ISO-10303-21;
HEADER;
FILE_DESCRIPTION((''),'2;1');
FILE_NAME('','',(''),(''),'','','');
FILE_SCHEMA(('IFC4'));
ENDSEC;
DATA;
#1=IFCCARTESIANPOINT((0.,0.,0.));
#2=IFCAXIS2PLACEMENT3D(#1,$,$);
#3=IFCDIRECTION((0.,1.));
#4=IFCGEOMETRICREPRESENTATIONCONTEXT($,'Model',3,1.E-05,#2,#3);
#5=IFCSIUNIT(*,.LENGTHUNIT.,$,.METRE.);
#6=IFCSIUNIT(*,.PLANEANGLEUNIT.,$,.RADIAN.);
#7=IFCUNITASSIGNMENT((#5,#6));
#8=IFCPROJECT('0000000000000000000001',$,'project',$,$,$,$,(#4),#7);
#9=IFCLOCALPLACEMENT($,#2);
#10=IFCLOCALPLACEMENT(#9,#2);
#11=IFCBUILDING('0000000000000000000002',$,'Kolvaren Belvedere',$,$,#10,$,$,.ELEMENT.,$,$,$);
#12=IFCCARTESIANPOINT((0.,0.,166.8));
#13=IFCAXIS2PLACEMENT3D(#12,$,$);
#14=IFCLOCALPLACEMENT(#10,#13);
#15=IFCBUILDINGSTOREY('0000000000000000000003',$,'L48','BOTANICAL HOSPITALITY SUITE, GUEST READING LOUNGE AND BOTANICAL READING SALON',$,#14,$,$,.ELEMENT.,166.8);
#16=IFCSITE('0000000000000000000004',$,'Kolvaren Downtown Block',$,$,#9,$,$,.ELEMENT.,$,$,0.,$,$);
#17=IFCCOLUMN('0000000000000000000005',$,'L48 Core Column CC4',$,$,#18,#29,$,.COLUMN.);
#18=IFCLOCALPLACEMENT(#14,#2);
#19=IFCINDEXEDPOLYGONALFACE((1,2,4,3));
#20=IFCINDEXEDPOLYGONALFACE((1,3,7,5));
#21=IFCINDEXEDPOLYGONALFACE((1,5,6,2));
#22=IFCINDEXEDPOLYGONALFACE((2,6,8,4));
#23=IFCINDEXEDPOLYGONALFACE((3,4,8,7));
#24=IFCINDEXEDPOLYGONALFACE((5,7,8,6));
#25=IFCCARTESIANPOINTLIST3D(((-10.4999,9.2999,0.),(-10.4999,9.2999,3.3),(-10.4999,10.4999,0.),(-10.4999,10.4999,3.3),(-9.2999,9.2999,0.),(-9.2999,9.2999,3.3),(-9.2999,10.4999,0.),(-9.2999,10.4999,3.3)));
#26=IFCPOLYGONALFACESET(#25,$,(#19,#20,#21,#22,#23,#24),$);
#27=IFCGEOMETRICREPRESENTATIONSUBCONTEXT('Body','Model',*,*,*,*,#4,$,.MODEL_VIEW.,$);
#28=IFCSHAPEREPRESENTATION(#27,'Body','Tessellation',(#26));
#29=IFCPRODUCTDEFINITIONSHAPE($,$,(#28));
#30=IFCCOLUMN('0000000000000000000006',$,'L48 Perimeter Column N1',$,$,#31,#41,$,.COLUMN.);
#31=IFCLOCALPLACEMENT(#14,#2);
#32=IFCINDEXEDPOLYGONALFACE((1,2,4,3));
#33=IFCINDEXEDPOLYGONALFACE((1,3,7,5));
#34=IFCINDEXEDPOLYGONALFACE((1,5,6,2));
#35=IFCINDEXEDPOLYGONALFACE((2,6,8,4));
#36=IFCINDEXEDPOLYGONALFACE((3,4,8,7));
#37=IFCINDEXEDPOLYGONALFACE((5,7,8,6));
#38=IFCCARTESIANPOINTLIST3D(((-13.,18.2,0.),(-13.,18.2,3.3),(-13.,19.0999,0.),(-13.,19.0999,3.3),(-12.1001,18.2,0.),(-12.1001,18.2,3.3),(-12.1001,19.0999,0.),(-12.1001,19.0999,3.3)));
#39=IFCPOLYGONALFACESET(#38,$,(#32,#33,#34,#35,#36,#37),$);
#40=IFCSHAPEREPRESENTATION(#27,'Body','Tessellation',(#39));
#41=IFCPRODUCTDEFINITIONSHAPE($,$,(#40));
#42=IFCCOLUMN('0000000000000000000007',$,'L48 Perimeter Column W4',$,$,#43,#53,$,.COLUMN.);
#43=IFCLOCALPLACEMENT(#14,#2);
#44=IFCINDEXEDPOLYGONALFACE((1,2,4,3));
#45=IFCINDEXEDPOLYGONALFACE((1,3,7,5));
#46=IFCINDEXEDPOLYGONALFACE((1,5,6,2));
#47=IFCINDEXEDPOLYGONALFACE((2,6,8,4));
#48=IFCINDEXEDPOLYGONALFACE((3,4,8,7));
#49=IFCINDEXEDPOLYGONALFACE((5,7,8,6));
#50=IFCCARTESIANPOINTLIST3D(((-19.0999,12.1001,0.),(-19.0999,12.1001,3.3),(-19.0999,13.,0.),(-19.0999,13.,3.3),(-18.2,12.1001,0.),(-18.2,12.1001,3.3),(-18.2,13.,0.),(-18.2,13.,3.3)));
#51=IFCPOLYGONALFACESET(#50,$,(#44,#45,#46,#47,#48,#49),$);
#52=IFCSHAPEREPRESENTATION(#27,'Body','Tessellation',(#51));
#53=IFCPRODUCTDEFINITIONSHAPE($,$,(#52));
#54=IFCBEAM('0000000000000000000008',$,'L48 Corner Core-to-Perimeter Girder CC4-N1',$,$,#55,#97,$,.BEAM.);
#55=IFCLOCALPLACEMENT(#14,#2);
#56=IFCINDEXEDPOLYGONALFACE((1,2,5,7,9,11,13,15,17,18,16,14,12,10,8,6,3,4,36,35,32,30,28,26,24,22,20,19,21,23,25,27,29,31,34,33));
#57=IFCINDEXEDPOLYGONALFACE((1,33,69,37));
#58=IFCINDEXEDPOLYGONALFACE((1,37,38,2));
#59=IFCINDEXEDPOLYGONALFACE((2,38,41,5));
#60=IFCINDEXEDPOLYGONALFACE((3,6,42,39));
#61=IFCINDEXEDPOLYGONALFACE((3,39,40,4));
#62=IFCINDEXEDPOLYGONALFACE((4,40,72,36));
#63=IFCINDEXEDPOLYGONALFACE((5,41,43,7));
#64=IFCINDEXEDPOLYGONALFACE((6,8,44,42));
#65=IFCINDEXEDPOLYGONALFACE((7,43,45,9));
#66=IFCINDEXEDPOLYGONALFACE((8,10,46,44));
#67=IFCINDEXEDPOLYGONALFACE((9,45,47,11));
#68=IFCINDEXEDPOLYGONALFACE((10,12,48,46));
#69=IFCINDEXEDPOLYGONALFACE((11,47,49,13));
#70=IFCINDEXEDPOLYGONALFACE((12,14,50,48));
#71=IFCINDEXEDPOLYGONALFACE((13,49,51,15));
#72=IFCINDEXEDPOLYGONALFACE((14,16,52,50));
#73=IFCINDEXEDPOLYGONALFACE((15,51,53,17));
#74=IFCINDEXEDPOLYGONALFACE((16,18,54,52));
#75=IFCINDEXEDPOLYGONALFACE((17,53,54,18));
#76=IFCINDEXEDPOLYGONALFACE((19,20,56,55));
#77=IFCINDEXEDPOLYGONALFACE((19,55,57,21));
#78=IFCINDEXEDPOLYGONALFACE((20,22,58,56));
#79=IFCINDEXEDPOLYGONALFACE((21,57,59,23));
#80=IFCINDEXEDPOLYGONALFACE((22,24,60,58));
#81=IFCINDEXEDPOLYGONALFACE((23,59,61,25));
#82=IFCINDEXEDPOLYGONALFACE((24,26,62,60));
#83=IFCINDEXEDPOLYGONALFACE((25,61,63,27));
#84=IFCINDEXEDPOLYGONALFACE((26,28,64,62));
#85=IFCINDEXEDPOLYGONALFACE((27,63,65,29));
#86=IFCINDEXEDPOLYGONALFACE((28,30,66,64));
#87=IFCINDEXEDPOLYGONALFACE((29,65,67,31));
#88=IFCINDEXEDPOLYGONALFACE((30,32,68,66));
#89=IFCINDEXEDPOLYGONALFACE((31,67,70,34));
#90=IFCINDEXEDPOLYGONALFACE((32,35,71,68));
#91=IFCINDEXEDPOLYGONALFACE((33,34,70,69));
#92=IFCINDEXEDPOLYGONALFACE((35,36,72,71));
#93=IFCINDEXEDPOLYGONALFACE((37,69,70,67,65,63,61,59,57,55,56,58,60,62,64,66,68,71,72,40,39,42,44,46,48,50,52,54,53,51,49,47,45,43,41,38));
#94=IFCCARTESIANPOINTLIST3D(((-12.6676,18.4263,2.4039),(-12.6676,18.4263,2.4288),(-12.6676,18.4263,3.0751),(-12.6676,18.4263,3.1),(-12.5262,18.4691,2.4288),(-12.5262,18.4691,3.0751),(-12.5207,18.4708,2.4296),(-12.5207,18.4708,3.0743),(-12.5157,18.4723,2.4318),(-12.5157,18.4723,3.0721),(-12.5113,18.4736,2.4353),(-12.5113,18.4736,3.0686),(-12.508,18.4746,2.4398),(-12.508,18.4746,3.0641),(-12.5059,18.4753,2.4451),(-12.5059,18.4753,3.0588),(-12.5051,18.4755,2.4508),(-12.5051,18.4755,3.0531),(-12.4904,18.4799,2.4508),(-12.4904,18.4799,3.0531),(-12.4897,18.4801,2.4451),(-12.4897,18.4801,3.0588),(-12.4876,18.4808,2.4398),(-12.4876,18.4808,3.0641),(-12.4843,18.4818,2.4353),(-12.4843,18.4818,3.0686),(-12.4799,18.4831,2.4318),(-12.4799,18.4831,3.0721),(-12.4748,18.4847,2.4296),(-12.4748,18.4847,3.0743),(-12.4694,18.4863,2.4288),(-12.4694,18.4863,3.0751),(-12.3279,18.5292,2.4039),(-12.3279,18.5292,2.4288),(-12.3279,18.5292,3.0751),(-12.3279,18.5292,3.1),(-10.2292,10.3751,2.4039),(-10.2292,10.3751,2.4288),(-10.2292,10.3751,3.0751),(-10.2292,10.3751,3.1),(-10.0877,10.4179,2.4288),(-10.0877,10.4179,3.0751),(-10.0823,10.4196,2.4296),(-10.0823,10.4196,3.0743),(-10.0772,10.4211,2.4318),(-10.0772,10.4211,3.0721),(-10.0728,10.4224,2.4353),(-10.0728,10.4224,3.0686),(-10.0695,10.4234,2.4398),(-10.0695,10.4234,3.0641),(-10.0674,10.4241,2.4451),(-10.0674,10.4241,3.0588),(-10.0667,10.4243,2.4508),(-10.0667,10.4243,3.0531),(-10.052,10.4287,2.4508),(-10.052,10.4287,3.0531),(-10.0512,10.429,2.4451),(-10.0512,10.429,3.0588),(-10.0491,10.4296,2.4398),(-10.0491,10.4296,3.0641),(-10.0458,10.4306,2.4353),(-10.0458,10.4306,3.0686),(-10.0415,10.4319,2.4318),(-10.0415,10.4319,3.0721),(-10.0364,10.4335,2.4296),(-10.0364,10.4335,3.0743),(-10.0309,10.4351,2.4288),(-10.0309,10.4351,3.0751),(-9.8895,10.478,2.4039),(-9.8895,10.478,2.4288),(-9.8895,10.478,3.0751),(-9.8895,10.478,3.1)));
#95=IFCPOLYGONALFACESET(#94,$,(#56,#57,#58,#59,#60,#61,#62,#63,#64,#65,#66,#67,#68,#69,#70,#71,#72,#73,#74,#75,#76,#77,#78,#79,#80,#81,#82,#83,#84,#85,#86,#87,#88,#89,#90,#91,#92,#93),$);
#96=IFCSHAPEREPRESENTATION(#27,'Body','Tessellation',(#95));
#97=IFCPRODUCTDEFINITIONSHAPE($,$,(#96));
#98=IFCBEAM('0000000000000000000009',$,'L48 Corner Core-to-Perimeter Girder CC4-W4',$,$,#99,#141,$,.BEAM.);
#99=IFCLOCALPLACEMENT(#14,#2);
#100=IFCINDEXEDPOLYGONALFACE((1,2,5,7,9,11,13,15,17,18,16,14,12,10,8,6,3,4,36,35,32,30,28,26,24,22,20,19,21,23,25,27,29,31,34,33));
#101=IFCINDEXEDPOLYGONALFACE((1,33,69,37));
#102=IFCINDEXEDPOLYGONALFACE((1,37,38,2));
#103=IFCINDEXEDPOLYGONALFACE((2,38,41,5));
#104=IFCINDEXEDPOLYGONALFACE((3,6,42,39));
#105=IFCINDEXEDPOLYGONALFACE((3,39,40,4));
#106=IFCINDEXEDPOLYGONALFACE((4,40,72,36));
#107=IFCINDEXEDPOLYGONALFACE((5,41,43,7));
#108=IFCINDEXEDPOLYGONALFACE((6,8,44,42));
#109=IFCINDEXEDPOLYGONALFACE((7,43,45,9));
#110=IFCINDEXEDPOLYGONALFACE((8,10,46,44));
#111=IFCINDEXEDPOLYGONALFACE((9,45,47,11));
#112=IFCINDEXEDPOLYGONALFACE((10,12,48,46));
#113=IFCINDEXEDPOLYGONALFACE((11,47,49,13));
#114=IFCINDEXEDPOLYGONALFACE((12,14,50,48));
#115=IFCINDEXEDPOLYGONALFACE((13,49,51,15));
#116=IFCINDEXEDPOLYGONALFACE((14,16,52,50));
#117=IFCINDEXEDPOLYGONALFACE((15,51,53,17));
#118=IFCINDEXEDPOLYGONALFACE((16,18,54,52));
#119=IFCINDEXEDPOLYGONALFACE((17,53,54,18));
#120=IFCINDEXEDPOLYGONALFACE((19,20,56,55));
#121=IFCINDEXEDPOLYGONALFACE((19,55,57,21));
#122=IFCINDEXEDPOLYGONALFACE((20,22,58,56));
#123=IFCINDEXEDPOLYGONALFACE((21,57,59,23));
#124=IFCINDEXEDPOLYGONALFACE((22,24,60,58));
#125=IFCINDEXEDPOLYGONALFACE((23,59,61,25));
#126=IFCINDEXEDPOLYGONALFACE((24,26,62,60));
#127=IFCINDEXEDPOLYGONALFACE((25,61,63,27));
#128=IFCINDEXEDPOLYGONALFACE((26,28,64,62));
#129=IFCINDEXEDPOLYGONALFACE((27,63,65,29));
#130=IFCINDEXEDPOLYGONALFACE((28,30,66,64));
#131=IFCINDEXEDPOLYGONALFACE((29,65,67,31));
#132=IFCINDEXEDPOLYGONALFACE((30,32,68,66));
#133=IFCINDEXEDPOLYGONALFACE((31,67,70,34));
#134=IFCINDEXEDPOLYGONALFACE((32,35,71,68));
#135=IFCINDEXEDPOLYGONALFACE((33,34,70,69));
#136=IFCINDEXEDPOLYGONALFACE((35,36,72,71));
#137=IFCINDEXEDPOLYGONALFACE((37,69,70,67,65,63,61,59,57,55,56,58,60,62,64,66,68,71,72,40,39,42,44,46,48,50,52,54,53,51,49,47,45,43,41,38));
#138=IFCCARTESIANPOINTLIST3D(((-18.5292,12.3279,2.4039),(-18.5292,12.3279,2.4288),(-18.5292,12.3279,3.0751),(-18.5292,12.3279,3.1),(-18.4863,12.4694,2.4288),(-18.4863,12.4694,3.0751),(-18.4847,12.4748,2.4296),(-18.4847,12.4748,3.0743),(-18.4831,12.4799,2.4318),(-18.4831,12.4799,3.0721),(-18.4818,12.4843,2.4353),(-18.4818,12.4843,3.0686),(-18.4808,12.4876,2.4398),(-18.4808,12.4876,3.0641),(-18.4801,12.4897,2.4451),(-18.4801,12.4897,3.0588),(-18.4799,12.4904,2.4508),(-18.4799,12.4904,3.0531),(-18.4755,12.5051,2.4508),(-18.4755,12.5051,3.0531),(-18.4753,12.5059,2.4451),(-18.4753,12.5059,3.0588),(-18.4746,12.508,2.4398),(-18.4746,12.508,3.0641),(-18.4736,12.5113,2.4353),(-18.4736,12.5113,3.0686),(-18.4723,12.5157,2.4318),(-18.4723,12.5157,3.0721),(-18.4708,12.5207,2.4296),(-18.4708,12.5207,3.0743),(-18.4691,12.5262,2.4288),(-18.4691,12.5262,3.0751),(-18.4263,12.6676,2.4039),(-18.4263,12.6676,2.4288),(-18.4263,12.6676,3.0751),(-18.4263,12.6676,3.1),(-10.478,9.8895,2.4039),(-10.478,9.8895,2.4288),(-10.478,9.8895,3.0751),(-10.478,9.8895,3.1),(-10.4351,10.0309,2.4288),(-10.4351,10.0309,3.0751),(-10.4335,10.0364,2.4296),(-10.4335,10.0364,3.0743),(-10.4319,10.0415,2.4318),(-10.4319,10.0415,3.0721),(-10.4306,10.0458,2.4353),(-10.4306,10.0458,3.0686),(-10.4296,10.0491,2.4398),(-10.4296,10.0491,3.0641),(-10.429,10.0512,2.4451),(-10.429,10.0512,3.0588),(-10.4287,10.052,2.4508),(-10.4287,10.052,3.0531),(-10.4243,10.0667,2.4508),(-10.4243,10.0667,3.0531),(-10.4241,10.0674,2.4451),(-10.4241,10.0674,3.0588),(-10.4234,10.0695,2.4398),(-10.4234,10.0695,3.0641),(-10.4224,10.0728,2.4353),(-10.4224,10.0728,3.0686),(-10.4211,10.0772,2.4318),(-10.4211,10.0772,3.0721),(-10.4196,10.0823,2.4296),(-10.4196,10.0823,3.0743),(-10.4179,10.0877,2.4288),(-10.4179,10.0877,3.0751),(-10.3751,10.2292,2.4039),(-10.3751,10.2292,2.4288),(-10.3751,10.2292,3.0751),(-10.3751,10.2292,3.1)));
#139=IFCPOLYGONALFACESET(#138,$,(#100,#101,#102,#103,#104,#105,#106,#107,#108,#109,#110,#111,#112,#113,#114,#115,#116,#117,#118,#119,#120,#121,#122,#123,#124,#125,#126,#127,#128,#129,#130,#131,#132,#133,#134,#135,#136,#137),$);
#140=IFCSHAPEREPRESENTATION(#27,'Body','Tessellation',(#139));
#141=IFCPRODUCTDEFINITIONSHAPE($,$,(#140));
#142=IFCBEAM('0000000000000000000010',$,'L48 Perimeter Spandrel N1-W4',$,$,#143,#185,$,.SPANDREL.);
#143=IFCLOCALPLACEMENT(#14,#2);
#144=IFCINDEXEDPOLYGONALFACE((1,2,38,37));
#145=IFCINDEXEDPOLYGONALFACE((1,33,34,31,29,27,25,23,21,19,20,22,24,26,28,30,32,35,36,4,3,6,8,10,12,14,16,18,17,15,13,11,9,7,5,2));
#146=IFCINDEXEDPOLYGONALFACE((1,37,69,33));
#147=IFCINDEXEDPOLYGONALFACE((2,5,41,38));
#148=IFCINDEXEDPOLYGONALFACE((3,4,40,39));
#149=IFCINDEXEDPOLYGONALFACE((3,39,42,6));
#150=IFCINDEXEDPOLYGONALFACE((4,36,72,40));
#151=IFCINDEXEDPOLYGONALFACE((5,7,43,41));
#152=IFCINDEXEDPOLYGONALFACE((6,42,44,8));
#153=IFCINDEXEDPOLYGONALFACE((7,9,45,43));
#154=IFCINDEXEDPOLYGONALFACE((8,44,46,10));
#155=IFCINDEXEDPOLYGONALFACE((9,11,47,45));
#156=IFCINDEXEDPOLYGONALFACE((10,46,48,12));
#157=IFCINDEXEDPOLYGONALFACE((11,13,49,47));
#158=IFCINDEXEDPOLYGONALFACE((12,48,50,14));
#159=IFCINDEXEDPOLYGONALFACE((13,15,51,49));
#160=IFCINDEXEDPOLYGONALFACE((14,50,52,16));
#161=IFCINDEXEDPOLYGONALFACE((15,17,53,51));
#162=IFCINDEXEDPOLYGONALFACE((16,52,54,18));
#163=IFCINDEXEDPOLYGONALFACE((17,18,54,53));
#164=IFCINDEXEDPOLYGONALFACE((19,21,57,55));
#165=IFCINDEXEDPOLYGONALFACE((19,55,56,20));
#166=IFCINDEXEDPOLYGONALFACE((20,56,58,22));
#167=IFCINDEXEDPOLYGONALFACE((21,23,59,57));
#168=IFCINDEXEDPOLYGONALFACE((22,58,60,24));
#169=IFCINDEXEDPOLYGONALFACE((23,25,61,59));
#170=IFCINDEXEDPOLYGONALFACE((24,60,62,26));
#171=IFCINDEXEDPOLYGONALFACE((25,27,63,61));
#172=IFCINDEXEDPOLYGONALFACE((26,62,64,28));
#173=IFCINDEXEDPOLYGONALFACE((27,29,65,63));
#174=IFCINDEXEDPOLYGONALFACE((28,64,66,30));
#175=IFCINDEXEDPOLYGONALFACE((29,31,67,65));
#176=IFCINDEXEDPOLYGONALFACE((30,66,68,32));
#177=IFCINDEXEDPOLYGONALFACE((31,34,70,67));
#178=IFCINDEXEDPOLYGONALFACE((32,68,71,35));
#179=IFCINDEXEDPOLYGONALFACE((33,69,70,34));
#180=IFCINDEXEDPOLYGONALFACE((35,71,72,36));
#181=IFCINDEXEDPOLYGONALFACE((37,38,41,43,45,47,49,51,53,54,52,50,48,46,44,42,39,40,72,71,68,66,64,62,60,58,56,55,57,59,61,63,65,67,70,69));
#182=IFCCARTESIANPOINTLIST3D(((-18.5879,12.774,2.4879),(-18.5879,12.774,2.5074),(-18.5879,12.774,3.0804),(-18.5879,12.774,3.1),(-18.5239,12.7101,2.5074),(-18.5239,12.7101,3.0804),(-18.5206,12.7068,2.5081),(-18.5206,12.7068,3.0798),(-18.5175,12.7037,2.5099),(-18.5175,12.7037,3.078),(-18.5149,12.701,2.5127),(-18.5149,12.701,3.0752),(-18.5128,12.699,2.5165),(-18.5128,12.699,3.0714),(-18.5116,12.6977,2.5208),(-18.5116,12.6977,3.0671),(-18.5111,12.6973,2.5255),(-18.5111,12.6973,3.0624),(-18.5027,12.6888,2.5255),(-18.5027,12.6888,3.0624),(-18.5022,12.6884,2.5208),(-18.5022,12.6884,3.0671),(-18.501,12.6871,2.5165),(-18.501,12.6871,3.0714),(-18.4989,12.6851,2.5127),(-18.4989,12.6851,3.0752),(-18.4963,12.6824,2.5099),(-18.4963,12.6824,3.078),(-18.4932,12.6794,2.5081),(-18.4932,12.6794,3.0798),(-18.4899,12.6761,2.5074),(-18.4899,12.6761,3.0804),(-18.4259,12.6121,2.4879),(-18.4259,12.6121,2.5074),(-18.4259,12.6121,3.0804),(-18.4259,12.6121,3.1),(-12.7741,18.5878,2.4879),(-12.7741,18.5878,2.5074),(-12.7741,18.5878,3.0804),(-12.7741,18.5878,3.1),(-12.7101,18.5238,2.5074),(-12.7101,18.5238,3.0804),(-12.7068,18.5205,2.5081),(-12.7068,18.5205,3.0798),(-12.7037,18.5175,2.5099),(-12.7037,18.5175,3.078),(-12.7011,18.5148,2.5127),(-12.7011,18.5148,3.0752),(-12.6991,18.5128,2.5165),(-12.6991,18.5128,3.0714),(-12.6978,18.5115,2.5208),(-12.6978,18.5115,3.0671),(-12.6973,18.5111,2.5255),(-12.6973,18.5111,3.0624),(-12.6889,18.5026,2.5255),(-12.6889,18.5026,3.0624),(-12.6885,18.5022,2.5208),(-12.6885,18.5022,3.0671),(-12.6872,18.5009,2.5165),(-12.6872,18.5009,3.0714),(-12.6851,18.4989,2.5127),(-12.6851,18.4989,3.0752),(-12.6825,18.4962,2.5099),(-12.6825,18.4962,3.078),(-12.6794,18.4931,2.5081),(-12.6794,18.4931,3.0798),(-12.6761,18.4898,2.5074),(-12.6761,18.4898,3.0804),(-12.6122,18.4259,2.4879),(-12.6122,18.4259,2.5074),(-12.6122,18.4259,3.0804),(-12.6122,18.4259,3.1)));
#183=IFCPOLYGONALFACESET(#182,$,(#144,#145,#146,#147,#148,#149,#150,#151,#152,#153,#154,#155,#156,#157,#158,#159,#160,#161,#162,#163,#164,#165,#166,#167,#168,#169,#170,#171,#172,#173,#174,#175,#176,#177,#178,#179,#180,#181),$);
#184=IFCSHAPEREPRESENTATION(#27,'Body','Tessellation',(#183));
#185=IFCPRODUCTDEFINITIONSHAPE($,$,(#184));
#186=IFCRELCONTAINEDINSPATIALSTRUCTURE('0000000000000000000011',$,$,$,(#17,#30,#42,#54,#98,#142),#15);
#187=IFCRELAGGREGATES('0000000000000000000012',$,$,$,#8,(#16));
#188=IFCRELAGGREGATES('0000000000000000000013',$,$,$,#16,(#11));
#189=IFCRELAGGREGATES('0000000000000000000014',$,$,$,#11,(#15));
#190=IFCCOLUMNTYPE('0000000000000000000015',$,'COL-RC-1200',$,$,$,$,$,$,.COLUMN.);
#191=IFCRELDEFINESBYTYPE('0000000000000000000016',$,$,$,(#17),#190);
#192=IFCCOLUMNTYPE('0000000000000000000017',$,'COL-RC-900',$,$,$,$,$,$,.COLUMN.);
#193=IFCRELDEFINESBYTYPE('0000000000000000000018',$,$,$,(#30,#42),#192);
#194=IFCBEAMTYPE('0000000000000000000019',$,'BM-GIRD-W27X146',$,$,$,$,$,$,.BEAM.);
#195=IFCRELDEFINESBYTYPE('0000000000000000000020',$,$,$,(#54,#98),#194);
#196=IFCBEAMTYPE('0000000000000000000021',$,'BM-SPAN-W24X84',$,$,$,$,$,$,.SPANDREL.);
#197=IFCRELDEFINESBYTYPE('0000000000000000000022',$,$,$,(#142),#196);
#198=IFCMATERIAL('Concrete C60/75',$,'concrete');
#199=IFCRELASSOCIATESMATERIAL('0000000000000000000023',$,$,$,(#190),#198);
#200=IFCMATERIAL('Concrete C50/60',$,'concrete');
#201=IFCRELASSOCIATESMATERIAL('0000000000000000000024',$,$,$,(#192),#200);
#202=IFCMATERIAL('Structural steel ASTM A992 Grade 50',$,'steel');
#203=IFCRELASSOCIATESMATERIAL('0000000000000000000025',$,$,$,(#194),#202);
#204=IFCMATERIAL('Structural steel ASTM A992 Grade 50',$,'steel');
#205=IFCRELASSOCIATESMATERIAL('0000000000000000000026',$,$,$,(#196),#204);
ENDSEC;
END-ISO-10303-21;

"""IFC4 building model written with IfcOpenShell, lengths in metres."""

from ifc_helpers import new_model, si_unit, direction, frame, origin, origin_2d, place, context, subcontext, project, spatial, rectangle, i_section, extrude, material, material_profile, profile_set, type_object, element, save


model = new_model("IFC4")

# Units and contexts
model_context = context("Model", 3, precision=1e-05, world=origin(), true_north=direction((0.0, 1.0)))
body_context = subcontext(model_context, "Body", "Model", "MODEL_VIEW")
ifc_project = project(units=[si_unit("LENGTHUNIT", "METRE"), si_unit("PLANEANGLEUNIT", "RADIAN")], contexts=[model_context])

# Site, building, storey
site_placement = place(None, origin())
site = spatial("IfcSite", under=ifc_project, at=site_placement, Name="Kolvaren Downtown Block", CompositionType="ELEMENT", RefElevation=0.0)
building_placement = place(site_placement, origin())
building = spatial("IfcBuilding", under=site, at=building_placement, Name="Kolvaren Belvedere", CompositionType="ELEMENT")
storey_placement = place(building_placement, frame((0.0, 0.0, 166.8)))
storey = spatial("IfcBuildingStorey", under=building, at=storey_placement, Name="L48", Description="BOTANICAL HOSPITALITY SUITE, GUEST READING LOUNGE AND BOTANICAL READING SALON", CompositionType="ELEMENT", Elevation=166.8)

# Columns
ifc_material_1 = material(Name="Concrete C60/75", Category="concrete")
ifc_material_profile_1 = material_profile(ifc_material_1, rectangle(XDim=1.2, YDim=1.2, at=origin_2d()), Name="RC 1200X1200")
ifc_profile_set_1 = profile_set([ifc_material_profile_1], Name="Concrete C60/75")
column_type_1 = type_object("IfcColumnType", Name="COL-RC-1200", PredefinedType="COLUMN", material=ifc_profile_set_1)
column_placement = place(storey_placement, frame((-9.8999, 9.8999, 0.0), z_axis=(0.0, 0.0, 1.0), x_axis=(1.0, 0.0, 0.0)))
element("IfcColumn", 1, at=column_placement, inside=storey, type_object=column_type_1, Name="L48 Core Column CC4", PredefinedType="COLUMN", context=body_context, shape_type="SweptSolid", body=[
    extrude(rectangle(XDim=1.2, YDim=1.2, at=origin_2d()), origin(), (0.0, 0.0, 1.0), 3.3),
])
ifc_material_2 = material(Name="Concrete C50/60", Category="concrete")
ifc_material_profile_2 = material_profile(ifc_material_2, rectangle(XDim=0.8999, YDim=0.8999, at=origin_2d()), Name="RC 900X900")
ifc_profile_set_2 = profile_set([ifc_material_profile_2], Name="Concrete C50/60")
column_type_2 = type_object("IfcColumnType", Name="COL-RC-900", PredefinedType="COLUMN", material=ifc_profile_set_2)
for number, where, z_axis, x_axis, name in (
    (2, (-12.55, 18.6499, 0.0), (0.0, 0.0, 1.0), (1.0, 0.0, 0.0), "L48 Perimeter Column N1"),
    (3, (-18.6499, 12.55, 0.0), (0.0, 0.0, 1.0), (1.0, 0.0, 0.0), "L48 Perimeter Column W4"),
):
    element("IfcColumn", number, at=place(storey_placement, frame(where, z_axis=z_axis, x_axis=x_axis)), inside=storey, type_object=column_type_2, Name=name, PredefinedType="COLUMN", context=body_context, shape_type="SweptSolid", body=[
        extrude(rectangle(XDim=0.8999, YDim=0.8999, at=origin_2d()), origin(), (0.0, 0.0, 1.0), 3.3),
    ])

# Beams
ifc_material_3 = material(Name="Structural steel ASTM A992 Grade 50", Category="steel")
ifc_material_profile_3 = material_profile(ifc_material_3, i_section(OverallWidth=0.355, OverallDepth=0.696, WebThickness=0.0154, FlangeThickness=0.0249, FilletRadius=0.022, at=origin_2d()), Name="W27X146")
ifc_profile_set_3 = profile_set([ifc_material_profile_3], Name="Structural steel ASTM A992 Grade 50")
beam_type_1 = type_object("IfcBeamType", Name="BM-GIRD-W27X146", PredefinedType="BEAM", material=ifc_profile_set_3)
for number, where, z_axis, x_axis, name in (
    (4, (-10.0593, 10.4265, 2.752), (-0.289866, 0.957067, 0.0), (-0.957067, -0.289866, 0.0), "L48 Corner Core-to-Perimeter Girder CC4-N1"),
    (5, (-10.4265, 10.0593, 2.752), (-0.957067, 0.289866, 0.0), (-0.289866, -0.957067, 0.0), "L48 Corner Core-to-Perimeter Girder CC4-W4"),
):
    element("IfcBeam", number, at=place(storey_placement, frame(where, z_axis=z_axis, x_axis=x_axis)), inside=storey, type_object=beam_type_1, Name=name, PredefinedType="BEAM", context=body_context, shape_type="SweptSolid", body=[
        extrude(i_section(OverallWidth=0.355, OverallDepth=0.696, WebThickness=0.0154, FlangeThickness=0.0249, FilletRadius=0.022, at=origin_2d()), origin(), (0.0, 0.0, 1.0), 8.4124),
    ])
ifc_material_4 = material(Name="Structural steel ASTM A992 Grade 50", Category="steel")
ifc_material_profile_4 = material_profile(ifc_material_4, i_section(OverallWidth=0.229, OverallDepth=0.6121, WebThickness=0.012, FlangeThickness=0.0195, FilletRadius=0.0181, at=origin_2d()), Name="W24X84")
ifc_profile_set_4 = profile_set([ifc_material_profile_4], Name="Structural steel ASTM A992 Grade 50")
beam_type_2 = type_object("IfcBeamType", Name="BM-SPAN-W24X84", PredefinedType="SPANDREL", material=ifc_profile_set_4)
beam_1_placement = place(storey_placement, frame((-12.6931, 18.5068, 2.7939), z_axis=(-0.707107, -0.707107, 0.0), x_axis=(0.707107, -0.707107, 0.0)))
element("IfcBeam", 6, at=beam_1_placement, inside=storey, type_object=beam_type_2, Name="L48 Perimeter Spandrel N1-W4", PredefinedType="SPANDREL", context=body_context, shape_type="SweptSolid", body=[
    extrude(i_section(OverallWidth=0.229, OverallDepth=0.6121, WebThickness=0.012, FlangeThickness=0.0195, FilletRadius=0.0181, at=origin_2d()), origin(), (0.0, 0.0, 1.0), 8.2219),
])

save(model, "model.ifc")
